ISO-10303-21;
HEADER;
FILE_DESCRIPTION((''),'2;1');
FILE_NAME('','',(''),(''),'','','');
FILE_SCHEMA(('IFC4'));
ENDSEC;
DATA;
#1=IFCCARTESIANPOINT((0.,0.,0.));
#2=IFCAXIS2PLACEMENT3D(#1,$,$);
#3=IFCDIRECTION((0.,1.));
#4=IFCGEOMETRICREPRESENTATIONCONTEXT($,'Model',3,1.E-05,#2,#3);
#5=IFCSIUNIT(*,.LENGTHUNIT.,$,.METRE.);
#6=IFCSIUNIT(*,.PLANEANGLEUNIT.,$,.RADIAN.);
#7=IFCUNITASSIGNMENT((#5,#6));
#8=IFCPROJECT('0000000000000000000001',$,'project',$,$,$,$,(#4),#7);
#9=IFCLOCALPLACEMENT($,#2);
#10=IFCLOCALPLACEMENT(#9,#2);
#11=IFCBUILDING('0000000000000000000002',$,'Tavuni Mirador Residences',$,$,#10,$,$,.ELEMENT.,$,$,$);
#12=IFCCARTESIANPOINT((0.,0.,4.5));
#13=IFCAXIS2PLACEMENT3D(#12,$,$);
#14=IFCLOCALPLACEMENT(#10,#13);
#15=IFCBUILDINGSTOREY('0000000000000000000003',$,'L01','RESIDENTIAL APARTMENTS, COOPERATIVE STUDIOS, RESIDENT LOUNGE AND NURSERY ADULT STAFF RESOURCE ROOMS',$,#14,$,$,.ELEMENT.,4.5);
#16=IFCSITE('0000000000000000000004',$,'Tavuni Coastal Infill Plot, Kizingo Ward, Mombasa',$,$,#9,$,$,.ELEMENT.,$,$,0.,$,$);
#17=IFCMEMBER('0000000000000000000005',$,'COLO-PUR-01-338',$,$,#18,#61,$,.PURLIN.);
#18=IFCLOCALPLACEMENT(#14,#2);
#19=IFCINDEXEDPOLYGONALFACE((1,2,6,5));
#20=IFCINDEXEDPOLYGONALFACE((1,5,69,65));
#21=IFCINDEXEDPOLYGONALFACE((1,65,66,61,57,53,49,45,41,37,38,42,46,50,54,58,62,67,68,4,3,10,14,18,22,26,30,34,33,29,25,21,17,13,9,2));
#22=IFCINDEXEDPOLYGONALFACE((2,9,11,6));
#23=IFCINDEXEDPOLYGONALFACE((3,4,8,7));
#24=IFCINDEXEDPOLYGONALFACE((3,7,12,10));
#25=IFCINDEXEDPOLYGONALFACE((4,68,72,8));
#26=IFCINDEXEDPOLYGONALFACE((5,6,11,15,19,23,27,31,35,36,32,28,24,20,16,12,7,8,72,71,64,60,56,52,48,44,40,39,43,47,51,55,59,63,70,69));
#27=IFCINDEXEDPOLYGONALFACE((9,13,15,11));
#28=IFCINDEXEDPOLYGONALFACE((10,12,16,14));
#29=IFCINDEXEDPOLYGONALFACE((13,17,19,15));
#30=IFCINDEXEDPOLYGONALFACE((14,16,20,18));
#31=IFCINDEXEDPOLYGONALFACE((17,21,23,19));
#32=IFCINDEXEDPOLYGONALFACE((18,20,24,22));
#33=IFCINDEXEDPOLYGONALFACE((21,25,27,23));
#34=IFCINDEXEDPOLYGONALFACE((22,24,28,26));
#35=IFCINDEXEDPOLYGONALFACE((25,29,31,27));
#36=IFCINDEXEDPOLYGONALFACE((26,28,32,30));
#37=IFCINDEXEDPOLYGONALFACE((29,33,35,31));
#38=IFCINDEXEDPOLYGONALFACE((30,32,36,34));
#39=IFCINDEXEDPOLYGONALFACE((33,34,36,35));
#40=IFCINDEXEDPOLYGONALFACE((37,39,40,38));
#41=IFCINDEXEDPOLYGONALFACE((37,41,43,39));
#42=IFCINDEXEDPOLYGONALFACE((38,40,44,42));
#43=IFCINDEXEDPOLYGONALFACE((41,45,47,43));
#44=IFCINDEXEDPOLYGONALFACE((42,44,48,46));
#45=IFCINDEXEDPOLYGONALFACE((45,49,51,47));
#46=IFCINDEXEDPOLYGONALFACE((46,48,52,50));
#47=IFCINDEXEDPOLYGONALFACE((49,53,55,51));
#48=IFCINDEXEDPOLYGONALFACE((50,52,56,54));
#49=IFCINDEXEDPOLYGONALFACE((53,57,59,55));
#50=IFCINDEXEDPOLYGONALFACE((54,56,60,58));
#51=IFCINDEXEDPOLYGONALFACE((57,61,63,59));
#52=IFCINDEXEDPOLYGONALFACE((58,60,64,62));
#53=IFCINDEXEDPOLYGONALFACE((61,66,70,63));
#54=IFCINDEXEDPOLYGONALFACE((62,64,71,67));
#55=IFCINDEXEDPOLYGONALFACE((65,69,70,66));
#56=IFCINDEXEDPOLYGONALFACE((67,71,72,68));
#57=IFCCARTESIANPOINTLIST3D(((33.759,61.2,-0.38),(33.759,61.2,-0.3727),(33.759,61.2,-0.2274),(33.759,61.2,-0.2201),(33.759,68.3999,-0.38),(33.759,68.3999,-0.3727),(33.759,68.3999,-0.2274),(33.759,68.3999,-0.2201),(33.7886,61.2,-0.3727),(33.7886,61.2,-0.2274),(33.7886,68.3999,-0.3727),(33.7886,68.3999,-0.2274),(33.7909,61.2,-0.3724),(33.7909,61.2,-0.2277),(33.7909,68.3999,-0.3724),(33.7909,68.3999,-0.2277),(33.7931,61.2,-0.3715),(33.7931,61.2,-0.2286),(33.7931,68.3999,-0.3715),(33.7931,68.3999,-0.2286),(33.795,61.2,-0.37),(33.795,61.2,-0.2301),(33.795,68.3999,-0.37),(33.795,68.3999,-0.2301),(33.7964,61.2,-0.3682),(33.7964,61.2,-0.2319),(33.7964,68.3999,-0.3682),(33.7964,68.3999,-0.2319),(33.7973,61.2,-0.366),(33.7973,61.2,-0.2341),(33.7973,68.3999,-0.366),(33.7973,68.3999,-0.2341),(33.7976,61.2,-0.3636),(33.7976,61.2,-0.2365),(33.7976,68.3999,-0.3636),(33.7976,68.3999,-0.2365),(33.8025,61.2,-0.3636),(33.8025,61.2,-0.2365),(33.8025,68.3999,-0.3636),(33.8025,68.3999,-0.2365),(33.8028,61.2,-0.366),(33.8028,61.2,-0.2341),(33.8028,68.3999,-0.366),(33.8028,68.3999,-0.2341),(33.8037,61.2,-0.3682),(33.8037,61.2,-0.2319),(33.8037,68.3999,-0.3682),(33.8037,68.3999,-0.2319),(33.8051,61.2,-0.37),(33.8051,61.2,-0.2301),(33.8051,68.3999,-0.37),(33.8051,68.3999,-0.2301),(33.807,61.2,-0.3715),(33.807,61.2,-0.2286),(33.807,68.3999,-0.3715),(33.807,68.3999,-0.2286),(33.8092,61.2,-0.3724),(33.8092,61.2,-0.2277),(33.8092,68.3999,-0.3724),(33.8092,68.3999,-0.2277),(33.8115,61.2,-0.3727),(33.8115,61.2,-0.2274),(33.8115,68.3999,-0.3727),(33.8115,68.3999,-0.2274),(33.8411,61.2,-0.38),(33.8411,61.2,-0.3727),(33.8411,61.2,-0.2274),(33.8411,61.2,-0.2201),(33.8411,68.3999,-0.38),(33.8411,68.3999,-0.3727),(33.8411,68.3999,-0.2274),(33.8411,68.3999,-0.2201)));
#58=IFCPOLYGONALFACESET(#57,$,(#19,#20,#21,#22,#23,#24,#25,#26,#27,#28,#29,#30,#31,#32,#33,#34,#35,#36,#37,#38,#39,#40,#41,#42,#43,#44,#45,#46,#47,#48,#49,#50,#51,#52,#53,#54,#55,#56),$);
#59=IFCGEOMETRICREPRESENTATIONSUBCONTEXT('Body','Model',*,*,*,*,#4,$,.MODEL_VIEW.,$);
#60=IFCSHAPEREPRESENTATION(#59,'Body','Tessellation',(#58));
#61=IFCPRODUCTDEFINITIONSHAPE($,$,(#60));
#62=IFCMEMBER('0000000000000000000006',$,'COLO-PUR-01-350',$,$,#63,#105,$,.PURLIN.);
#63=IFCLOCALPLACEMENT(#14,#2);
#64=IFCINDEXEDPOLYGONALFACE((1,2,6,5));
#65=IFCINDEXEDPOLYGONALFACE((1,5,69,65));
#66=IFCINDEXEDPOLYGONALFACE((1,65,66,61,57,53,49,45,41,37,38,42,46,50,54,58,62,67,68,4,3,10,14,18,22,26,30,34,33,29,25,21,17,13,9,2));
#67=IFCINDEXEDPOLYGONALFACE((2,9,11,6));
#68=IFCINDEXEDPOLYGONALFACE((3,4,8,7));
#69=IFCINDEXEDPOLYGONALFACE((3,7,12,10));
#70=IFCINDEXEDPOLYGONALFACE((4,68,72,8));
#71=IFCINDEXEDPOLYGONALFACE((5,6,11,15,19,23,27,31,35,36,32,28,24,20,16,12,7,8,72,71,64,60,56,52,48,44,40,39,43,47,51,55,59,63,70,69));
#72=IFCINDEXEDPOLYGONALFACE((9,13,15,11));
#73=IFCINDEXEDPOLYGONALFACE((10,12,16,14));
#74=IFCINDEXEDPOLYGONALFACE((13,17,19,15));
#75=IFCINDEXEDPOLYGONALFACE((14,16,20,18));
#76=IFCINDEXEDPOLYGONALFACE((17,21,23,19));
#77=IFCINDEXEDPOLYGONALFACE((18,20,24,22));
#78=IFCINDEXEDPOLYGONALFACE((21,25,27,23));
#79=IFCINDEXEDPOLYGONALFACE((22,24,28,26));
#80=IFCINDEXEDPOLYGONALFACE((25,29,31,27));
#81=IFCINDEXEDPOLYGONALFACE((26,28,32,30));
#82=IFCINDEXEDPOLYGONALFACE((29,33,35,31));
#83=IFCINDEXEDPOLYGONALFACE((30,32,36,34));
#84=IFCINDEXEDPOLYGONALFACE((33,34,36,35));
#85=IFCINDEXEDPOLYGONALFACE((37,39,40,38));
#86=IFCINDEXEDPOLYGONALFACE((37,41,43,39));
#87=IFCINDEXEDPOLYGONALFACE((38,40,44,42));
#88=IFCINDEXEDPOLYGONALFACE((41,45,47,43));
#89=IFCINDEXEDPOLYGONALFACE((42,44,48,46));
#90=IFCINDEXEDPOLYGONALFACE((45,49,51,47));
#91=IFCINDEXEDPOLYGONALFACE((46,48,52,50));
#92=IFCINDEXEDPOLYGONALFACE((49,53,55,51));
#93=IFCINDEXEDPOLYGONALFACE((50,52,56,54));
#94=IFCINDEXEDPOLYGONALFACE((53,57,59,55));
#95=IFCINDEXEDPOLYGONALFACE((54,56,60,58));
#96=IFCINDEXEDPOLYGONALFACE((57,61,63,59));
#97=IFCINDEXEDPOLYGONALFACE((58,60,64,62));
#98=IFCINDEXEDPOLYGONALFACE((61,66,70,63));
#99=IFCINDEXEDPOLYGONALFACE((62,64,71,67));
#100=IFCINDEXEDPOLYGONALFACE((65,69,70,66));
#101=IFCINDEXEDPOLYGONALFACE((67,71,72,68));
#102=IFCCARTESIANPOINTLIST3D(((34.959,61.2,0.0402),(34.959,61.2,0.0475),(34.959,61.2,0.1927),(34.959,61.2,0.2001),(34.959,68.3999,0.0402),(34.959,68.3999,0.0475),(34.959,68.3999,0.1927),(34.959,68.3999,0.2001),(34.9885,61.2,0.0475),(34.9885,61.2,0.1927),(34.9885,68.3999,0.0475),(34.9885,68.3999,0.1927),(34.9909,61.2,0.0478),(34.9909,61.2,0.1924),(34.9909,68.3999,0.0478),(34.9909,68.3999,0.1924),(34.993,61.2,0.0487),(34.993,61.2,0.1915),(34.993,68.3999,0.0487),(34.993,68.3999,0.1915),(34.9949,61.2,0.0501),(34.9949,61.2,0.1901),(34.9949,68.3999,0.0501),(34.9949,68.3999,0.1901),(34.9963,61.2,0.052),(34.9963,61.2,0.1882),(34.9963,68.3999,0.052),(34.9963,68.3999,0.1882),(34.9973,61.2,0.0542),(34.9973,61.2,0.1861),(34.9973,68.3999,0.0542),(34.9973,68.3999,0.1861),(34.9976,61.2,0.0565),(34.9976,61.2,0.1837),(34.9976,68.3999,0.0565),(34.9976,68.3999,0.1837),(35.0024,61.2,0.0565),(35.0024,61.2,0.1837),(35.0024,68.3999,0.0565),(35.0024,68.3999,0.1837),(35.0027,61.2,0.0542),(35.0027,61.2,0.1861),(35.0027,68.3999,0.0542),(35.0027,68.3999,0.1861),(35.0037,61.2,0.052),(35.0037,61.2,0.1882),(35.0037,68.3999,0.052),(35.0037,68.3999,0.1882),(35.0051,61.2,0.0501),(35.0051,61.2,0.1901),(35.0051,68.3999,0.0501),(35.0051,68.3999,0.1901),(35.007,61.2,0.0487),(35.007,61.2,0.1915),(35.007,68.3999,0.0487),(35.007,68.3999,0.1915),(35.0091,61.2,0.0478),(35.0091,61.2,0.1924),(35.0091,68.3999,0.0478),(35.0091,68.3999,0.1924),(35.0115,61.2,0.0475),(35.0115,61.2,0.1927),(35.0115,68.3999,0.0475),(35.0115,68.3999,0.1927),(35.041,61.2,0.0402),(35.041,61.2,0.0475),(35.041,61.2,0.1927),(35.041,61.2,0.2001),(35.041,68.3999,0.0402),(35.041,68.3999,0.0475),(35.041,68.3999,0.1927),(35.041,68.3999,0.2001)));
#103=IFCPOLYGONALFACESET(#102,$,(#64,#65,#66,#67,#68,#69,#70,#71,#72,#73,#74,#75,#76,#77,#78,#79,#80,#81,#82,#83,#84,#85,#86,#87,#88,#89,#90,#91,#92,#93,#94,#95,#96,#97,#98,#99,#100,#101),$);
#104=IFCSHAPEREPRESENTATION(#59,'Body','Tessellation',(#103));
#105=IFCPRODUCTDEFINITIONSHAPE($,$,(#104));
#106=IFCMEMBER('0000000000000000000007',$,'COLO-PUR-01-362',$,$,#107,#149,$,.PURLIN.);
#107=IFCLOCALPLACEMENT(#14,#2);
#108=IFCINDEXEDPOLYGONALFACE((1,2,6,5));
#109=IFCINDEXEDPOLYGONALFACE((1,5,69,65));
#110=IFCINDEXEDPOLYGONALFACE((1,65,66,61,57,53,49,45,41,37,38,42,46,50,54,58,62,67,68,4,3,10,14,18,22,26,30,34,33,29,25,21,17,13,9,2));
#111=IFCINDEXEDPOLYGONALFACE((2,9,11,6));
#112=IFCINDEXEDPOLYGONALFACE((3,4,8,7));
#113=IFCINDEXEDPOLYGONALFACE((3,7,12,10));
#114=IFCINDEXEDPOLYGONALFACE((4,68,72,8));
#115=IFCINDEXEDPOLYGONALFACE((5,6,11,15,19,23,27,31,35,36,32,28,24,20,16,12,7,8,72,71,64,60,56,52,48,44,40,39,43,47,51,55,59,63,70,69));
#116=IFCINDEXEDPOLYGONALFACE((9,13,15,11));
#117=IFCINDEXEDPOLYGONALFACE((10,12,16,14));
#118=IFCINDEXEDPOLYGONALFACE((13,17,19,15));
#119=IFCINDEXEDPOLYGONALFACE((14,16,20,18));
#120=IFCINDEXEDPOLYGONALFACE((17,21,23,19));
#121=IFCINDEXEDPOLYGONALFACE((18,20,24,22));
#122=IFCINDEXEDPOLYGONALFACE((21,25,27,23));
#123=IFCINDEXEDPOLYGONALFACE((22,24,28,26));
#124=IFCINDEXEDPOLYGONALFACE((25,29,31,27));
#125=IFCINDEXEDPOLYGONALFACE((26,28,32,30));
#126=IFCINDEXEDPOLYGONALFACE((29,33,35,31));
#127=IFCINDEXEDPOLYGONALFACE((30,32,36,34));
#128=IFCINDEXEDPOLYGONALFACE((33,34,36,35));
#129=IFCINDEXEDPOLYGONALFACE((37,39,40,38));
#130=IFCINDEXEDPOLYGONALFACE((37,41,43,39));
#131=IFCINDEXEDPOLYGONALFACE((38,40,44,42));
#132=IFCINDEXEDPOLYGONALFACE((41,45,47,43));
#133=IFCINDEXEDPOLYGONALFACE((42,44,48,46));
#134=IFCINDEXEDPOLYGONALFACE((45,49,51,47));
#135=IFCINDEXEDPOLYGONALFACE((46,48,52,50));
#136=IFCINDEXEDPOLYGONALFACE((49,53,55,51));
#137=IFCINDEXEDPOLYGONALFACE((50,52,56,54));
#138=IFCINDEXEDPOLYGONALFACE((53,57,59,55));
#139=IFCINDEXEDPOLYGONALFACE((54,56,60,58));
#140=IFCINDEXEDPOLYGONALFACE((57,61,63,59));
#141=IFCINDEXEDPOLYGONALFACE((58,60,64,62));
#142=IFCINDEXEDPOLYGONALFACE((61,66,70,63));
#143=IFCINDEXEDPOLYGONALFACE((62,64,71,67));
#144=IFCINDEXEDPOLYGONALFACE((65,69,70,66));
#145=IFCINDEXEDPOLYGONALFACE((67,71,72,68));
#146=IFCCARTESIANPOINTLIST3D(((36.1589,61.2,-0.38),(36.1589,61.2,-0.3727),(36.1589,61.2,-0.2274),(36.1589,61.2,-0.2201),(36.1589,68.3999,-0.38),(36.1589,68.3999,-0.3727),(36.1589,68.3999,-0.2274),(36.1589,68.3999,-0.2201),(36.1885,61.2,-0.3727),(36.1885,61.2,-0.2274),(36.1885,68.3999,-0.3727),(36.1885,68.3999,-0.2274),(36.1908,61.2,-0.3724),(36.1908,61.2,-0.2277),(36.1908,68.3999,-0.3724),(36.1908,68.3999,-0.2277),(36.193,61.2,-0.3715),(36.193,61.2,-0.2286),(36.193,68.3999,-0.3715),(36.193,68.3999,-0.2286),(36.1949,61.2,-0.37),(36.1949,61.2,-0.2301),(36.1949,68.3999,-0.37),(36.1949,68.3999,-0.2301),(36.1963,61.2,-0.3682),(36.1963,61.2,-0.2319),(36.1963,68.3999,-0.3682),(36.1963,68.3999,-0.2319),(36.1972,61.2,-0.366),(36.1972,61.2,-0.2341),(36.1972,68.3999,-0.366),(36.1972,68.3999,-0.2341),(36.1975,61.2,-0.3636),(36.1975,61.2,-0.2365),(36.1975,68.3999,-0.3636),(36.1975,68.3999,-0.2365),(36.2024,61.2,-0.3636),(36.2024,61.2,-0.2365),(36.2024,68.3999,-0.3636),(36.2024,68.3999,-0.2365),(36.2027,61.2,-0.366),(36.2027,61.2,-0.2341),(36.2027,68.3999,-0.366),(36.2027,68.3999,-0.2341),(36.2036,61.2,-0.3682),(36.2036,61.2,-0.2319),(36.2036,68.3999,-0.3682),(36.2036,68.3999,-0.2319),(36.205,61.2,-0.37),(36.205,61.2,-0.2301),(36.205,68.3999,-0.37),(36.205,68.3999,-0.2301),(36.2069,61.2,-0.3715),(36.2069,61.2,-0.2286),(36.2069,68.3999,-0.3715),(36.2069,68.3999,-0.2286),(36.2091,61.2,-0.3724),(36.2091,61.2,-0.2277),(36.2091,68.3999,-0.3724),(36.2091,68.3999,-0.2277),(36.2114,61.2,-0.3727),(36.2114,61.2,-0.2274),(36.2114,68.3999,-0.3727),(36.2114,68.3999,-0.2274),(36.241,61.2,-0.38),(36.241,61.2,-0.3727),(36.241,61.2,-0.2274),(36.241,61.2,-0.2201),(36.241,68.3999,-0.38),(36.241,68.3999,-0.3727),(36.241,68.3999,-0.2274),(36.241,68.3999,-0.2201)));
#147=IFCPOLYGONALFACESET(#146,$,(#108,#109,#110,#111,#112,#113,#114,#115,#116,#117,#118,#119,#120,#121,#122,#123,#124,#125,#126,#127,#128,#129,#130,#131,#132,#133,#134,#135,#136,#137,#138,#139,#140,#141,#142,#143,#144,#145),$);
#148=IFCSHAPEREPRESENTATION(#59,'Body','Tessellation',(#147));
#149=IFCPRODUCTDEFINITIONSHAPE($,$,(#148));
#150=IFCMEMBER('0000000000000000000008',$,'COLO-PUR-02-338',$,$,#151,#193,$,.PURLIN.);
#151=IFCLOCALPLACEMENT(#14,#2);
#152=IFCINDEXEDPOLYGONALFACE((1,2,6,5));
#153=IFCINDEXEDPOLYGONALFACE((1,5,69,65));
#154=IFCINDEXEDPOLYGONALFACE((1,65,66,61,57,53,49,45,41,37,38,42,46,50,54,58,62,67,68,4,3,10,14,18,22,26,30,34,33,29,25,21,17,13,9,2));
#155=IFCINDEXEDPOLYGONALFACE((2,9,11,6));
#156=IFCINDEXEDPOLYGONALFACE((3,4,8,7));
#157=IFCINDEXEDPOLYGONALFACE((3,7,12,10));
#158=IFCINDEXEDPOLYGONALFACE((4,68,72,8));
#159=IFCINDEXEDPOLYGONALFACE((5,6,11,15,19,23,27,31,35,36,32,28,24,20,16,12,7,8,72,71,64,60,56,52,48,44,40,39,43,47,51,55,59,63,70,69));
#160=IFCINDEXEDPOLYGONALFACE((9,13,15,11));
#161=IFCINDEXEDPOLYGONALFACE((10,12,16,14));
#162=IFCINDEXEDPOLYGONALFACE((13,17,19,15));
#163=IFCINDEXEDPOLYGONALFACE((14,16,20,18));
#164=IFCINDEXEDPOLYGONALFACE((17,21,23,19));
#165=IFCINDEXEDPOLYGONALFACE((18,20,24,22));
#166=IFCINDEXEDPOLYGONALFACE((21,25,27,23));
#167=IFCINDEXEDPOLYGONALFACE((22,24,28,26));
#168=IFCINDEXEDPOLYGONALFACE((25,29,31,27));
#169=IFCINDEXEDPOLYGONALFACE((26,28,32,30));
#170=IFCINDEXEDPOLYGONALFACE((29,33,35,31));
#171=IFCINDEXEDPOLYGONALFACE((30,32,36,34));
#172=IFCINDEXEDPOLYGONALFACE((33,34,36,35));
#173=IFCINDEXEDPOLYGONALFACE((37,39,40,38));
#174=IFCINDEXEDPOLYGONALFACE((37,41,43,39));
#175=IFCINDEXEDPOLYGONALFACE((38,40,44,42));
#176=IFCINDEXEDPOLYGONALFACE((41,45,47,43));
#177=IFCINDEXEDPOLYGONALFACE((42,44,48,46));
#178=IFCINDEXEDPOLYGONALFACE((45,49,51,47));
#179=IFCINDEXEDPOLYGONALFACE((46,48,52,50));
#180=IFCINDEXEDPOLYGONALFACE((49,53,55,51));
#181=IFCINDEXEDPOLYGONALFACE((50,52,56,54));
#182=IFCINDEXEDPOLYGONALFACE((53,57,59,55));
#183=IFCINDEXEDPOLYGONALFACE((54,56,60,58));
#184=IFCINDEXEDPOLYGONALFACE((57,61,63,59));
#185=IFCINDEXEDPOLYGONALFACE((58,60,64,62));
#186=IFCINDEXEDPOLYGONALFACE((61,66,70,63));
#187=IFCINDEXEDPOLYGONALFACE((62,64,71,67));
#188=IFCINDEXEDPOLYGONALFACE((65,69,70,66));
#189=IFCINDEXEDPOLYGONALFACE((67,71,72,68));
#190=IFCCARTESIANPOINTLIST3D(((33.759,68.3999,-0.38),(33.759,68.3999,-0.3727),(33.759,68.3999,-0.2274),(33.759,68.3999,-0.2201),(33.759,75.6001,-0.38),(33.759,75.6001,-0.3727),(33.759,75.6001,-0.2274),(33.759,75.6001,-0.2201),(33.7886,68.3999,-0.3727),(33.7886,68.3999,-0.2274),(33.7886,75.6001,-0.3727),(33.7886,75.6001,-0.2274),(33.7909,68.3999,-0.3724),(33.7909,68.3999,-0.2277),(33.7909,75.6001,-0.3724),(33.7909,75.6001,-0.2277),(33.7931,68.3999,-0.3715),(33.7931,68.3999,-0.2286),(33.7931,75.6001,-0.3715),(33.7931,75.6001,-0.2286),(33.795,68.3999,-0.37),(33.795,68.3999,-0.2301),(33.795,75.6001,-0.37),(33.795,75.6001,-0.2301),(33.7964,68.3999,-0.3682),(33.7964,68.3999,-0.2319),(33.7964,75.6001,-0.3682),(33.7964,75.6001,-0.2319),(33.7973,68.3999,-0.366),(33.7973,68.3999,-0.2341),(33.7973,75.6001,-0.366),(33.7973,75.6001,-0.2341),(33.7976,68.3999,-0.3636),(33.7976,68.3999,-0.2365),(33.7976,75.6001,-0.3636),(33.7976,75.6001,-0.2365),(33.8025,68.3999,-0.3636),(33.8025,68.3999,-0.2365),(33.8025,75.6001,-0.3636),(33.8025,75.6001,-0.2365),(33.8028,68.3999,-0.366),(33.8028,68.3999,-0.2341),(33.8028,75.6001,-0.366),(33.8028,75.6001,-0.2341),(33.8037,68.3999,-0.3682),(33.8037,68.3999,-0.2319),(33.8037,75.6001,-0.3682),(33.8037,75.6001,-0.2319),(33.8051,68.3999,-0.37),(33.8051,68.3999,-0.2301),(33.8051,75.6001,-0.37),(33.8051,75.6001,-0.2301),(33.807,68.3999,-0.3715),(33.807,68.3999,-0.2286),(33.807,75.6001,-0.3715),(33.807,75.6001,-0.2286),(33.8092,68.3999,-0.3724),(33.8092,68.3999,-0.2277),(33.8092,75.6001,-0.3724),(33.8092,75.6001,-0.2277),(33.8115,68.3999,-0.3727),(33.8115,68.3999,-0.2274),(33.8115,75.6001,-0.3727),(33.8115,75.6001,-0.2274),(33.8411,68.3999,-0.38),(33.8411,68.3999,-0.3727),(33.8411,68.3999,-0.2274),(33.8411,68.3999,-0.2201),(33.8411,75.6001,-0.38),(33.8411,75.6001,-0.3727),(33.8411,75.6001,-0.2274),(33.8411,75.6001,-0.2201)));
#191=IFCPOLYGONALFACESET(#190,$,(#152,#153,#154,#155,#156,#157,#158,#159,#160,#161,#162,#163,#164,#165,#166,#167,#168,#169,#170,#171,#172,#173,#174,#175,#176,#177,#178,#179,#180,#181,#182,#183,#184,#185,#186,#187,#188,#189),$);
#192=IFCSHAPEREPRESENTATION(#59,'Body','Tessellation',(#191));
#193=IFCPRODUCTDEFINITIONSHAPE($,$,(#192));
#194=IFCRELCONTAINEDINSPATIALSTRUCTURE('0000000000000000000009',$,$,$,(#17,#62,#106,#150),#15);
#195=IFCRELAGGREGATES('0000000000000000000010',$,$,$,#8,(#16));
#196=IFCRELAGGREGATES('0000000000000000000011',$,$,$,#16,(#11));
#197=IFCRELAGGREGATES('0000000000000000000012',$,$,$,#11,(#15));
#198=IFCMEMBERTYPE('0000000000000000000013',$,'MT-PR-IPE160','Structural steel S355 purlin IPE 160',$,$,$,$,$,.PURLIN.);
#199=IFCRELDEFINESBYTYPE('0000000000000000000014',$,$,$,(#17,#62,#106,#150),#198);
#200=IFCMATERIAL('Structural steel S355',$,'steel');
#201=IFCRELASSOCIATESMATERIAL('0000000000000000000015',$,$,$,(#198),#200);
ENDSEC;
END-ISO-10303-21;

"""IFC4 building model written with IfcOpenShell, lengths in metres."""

from ifc_helpers import new_model, si_unit, direction, frame, origin, origin_2d, place, context, subcontext, project, spatial, i_section, extrude, material, material_profile, profile_set, type_object, element, save


model = new_model("IFC4")

# Units and contexts
model_context = context("Model", 3, precision=1e-05, world=origin(), true_north=direction((0.0, 1.0)))
body_context = subcontext(model_context, "Body", "Model", "MODEL_VIEW")
ifc_project = project(units=[si_unit("LENGTHUNIT", "METRE"), si_unit("PLANEANGLEUNIT", "RADIAN")], contexts=[model_context])

# Site, building, storey
site_placement = place(None, origin())
site = spatial("IfcSite", under=ifc_project, at=site_placement, Name="Tavuni Coastal Infill Plot, Kizingo Ward, Mombasa", CompositionType="ELEMENT", RefElevation=0.0)
building_placement = place(site_placement, origin())
building = spatial("IfcBuilding", under=site, at=building_placement, Name="Tavuni Mirador Residences", CompositionType="ELEMENT")
storey_placement = place(building_placement, frame((0.0, 0.0, 4.5)))
storey = spatial("IfcBuildingStorey", under=building, at=storey_placement, Name="L01", Description="RESIDENTIAL APARTMENTS, COOPERATIVE STUDIOS, RESIDENT LOUNGE AND NURSERY ADULT STAFF RESOURCE ROOMS", CompositionType="ELEMENT", Elevation=4.5)

# Shared definitions
ifc_material = material(Name="Structural steel S355", Category="steel")

# Members
ifc_material_profile_1 = material_profile(ifc_material, i_section(OverallWidth=0.082, OverallDepth=0.1599, WebThickness=0.0049, FlangeThickness=0.0073, FilletRadius=0.009, at=origin_2d()), Name="IPE 160", Category="steel")
ifc_profile_set_1 = profile_set([ifc_material_profile_1], Name="Structural steel S355")
member_type_1 = type_object("IfcMemberType", Name="MT-PR-IPE160", Description="Structural steel S355 purlin IPE 160", PredefinedType="PURLIN", material=ifc_profile_set_1)
for number, where, z_axis, x_axis, name in (
    (1, (33.8, 61.2, -0.3), (0.0, 1.0, 0.0), (-1.0, 0.0, 0.0), "COLO-PUR-01-338"),
    (2, (35.0, 61.2, 0.1201), (0.0, 1.0, 0.0), (-1.0, 0.0, 0.0), "COLO-PUR-01-350"),
    (3, (36.2, 61.2, -0.3), (0.0, 1.0, 0.0), (-1.0, 0.0, 0.0), "COLO-PUR-01-362"),
):
    element("IfcMember", number, at=place(storey_placement, frame(where, z_axis=z_axis, x_axis=x_axis)), inside=storey, type_object=member_type_1, Name=name, PredefinedType="PURLIN", context=body_context, shape_type="SweptSolid", body=[
        extrude(i_section(OverallWidth=0.082, OverallDepth=0.1599, WebThickness=0.0049, FlangeThickness=0.0073, FilletRadius=0.009, at=origin_2d()), origin(), (0.0, 0.0, 1.0), 7.2),
    ])
for number, where, z_axis, x_axis, name in (
    (4, (33.8, 68.3999, -0.3), (0.0, 1.0, 0.0), (-1.0, 0.0, 0.0), "COLO-PUR-02-338"),
):
    element("IfcMember", number, at=place(storey_placement, frame(where, z_axis=z_axis, x_axis=x_axis)), inside=storey, type_object=member_type_1, Name=name, PredefinedType="PURLIN", context=body_context, shape_type="SweptSolid", body=[
        extrude(i_section(OverallWidth=0.082, OverallDepth=0.1599, WebThickness=0.0049, FlangeThickness=0.0073, FilletRadius=0.009, at=origin_2d()), origin(), (0.0, 0.0, 1.0), 7.2002),
    ])

save(model, "model.ifc")
